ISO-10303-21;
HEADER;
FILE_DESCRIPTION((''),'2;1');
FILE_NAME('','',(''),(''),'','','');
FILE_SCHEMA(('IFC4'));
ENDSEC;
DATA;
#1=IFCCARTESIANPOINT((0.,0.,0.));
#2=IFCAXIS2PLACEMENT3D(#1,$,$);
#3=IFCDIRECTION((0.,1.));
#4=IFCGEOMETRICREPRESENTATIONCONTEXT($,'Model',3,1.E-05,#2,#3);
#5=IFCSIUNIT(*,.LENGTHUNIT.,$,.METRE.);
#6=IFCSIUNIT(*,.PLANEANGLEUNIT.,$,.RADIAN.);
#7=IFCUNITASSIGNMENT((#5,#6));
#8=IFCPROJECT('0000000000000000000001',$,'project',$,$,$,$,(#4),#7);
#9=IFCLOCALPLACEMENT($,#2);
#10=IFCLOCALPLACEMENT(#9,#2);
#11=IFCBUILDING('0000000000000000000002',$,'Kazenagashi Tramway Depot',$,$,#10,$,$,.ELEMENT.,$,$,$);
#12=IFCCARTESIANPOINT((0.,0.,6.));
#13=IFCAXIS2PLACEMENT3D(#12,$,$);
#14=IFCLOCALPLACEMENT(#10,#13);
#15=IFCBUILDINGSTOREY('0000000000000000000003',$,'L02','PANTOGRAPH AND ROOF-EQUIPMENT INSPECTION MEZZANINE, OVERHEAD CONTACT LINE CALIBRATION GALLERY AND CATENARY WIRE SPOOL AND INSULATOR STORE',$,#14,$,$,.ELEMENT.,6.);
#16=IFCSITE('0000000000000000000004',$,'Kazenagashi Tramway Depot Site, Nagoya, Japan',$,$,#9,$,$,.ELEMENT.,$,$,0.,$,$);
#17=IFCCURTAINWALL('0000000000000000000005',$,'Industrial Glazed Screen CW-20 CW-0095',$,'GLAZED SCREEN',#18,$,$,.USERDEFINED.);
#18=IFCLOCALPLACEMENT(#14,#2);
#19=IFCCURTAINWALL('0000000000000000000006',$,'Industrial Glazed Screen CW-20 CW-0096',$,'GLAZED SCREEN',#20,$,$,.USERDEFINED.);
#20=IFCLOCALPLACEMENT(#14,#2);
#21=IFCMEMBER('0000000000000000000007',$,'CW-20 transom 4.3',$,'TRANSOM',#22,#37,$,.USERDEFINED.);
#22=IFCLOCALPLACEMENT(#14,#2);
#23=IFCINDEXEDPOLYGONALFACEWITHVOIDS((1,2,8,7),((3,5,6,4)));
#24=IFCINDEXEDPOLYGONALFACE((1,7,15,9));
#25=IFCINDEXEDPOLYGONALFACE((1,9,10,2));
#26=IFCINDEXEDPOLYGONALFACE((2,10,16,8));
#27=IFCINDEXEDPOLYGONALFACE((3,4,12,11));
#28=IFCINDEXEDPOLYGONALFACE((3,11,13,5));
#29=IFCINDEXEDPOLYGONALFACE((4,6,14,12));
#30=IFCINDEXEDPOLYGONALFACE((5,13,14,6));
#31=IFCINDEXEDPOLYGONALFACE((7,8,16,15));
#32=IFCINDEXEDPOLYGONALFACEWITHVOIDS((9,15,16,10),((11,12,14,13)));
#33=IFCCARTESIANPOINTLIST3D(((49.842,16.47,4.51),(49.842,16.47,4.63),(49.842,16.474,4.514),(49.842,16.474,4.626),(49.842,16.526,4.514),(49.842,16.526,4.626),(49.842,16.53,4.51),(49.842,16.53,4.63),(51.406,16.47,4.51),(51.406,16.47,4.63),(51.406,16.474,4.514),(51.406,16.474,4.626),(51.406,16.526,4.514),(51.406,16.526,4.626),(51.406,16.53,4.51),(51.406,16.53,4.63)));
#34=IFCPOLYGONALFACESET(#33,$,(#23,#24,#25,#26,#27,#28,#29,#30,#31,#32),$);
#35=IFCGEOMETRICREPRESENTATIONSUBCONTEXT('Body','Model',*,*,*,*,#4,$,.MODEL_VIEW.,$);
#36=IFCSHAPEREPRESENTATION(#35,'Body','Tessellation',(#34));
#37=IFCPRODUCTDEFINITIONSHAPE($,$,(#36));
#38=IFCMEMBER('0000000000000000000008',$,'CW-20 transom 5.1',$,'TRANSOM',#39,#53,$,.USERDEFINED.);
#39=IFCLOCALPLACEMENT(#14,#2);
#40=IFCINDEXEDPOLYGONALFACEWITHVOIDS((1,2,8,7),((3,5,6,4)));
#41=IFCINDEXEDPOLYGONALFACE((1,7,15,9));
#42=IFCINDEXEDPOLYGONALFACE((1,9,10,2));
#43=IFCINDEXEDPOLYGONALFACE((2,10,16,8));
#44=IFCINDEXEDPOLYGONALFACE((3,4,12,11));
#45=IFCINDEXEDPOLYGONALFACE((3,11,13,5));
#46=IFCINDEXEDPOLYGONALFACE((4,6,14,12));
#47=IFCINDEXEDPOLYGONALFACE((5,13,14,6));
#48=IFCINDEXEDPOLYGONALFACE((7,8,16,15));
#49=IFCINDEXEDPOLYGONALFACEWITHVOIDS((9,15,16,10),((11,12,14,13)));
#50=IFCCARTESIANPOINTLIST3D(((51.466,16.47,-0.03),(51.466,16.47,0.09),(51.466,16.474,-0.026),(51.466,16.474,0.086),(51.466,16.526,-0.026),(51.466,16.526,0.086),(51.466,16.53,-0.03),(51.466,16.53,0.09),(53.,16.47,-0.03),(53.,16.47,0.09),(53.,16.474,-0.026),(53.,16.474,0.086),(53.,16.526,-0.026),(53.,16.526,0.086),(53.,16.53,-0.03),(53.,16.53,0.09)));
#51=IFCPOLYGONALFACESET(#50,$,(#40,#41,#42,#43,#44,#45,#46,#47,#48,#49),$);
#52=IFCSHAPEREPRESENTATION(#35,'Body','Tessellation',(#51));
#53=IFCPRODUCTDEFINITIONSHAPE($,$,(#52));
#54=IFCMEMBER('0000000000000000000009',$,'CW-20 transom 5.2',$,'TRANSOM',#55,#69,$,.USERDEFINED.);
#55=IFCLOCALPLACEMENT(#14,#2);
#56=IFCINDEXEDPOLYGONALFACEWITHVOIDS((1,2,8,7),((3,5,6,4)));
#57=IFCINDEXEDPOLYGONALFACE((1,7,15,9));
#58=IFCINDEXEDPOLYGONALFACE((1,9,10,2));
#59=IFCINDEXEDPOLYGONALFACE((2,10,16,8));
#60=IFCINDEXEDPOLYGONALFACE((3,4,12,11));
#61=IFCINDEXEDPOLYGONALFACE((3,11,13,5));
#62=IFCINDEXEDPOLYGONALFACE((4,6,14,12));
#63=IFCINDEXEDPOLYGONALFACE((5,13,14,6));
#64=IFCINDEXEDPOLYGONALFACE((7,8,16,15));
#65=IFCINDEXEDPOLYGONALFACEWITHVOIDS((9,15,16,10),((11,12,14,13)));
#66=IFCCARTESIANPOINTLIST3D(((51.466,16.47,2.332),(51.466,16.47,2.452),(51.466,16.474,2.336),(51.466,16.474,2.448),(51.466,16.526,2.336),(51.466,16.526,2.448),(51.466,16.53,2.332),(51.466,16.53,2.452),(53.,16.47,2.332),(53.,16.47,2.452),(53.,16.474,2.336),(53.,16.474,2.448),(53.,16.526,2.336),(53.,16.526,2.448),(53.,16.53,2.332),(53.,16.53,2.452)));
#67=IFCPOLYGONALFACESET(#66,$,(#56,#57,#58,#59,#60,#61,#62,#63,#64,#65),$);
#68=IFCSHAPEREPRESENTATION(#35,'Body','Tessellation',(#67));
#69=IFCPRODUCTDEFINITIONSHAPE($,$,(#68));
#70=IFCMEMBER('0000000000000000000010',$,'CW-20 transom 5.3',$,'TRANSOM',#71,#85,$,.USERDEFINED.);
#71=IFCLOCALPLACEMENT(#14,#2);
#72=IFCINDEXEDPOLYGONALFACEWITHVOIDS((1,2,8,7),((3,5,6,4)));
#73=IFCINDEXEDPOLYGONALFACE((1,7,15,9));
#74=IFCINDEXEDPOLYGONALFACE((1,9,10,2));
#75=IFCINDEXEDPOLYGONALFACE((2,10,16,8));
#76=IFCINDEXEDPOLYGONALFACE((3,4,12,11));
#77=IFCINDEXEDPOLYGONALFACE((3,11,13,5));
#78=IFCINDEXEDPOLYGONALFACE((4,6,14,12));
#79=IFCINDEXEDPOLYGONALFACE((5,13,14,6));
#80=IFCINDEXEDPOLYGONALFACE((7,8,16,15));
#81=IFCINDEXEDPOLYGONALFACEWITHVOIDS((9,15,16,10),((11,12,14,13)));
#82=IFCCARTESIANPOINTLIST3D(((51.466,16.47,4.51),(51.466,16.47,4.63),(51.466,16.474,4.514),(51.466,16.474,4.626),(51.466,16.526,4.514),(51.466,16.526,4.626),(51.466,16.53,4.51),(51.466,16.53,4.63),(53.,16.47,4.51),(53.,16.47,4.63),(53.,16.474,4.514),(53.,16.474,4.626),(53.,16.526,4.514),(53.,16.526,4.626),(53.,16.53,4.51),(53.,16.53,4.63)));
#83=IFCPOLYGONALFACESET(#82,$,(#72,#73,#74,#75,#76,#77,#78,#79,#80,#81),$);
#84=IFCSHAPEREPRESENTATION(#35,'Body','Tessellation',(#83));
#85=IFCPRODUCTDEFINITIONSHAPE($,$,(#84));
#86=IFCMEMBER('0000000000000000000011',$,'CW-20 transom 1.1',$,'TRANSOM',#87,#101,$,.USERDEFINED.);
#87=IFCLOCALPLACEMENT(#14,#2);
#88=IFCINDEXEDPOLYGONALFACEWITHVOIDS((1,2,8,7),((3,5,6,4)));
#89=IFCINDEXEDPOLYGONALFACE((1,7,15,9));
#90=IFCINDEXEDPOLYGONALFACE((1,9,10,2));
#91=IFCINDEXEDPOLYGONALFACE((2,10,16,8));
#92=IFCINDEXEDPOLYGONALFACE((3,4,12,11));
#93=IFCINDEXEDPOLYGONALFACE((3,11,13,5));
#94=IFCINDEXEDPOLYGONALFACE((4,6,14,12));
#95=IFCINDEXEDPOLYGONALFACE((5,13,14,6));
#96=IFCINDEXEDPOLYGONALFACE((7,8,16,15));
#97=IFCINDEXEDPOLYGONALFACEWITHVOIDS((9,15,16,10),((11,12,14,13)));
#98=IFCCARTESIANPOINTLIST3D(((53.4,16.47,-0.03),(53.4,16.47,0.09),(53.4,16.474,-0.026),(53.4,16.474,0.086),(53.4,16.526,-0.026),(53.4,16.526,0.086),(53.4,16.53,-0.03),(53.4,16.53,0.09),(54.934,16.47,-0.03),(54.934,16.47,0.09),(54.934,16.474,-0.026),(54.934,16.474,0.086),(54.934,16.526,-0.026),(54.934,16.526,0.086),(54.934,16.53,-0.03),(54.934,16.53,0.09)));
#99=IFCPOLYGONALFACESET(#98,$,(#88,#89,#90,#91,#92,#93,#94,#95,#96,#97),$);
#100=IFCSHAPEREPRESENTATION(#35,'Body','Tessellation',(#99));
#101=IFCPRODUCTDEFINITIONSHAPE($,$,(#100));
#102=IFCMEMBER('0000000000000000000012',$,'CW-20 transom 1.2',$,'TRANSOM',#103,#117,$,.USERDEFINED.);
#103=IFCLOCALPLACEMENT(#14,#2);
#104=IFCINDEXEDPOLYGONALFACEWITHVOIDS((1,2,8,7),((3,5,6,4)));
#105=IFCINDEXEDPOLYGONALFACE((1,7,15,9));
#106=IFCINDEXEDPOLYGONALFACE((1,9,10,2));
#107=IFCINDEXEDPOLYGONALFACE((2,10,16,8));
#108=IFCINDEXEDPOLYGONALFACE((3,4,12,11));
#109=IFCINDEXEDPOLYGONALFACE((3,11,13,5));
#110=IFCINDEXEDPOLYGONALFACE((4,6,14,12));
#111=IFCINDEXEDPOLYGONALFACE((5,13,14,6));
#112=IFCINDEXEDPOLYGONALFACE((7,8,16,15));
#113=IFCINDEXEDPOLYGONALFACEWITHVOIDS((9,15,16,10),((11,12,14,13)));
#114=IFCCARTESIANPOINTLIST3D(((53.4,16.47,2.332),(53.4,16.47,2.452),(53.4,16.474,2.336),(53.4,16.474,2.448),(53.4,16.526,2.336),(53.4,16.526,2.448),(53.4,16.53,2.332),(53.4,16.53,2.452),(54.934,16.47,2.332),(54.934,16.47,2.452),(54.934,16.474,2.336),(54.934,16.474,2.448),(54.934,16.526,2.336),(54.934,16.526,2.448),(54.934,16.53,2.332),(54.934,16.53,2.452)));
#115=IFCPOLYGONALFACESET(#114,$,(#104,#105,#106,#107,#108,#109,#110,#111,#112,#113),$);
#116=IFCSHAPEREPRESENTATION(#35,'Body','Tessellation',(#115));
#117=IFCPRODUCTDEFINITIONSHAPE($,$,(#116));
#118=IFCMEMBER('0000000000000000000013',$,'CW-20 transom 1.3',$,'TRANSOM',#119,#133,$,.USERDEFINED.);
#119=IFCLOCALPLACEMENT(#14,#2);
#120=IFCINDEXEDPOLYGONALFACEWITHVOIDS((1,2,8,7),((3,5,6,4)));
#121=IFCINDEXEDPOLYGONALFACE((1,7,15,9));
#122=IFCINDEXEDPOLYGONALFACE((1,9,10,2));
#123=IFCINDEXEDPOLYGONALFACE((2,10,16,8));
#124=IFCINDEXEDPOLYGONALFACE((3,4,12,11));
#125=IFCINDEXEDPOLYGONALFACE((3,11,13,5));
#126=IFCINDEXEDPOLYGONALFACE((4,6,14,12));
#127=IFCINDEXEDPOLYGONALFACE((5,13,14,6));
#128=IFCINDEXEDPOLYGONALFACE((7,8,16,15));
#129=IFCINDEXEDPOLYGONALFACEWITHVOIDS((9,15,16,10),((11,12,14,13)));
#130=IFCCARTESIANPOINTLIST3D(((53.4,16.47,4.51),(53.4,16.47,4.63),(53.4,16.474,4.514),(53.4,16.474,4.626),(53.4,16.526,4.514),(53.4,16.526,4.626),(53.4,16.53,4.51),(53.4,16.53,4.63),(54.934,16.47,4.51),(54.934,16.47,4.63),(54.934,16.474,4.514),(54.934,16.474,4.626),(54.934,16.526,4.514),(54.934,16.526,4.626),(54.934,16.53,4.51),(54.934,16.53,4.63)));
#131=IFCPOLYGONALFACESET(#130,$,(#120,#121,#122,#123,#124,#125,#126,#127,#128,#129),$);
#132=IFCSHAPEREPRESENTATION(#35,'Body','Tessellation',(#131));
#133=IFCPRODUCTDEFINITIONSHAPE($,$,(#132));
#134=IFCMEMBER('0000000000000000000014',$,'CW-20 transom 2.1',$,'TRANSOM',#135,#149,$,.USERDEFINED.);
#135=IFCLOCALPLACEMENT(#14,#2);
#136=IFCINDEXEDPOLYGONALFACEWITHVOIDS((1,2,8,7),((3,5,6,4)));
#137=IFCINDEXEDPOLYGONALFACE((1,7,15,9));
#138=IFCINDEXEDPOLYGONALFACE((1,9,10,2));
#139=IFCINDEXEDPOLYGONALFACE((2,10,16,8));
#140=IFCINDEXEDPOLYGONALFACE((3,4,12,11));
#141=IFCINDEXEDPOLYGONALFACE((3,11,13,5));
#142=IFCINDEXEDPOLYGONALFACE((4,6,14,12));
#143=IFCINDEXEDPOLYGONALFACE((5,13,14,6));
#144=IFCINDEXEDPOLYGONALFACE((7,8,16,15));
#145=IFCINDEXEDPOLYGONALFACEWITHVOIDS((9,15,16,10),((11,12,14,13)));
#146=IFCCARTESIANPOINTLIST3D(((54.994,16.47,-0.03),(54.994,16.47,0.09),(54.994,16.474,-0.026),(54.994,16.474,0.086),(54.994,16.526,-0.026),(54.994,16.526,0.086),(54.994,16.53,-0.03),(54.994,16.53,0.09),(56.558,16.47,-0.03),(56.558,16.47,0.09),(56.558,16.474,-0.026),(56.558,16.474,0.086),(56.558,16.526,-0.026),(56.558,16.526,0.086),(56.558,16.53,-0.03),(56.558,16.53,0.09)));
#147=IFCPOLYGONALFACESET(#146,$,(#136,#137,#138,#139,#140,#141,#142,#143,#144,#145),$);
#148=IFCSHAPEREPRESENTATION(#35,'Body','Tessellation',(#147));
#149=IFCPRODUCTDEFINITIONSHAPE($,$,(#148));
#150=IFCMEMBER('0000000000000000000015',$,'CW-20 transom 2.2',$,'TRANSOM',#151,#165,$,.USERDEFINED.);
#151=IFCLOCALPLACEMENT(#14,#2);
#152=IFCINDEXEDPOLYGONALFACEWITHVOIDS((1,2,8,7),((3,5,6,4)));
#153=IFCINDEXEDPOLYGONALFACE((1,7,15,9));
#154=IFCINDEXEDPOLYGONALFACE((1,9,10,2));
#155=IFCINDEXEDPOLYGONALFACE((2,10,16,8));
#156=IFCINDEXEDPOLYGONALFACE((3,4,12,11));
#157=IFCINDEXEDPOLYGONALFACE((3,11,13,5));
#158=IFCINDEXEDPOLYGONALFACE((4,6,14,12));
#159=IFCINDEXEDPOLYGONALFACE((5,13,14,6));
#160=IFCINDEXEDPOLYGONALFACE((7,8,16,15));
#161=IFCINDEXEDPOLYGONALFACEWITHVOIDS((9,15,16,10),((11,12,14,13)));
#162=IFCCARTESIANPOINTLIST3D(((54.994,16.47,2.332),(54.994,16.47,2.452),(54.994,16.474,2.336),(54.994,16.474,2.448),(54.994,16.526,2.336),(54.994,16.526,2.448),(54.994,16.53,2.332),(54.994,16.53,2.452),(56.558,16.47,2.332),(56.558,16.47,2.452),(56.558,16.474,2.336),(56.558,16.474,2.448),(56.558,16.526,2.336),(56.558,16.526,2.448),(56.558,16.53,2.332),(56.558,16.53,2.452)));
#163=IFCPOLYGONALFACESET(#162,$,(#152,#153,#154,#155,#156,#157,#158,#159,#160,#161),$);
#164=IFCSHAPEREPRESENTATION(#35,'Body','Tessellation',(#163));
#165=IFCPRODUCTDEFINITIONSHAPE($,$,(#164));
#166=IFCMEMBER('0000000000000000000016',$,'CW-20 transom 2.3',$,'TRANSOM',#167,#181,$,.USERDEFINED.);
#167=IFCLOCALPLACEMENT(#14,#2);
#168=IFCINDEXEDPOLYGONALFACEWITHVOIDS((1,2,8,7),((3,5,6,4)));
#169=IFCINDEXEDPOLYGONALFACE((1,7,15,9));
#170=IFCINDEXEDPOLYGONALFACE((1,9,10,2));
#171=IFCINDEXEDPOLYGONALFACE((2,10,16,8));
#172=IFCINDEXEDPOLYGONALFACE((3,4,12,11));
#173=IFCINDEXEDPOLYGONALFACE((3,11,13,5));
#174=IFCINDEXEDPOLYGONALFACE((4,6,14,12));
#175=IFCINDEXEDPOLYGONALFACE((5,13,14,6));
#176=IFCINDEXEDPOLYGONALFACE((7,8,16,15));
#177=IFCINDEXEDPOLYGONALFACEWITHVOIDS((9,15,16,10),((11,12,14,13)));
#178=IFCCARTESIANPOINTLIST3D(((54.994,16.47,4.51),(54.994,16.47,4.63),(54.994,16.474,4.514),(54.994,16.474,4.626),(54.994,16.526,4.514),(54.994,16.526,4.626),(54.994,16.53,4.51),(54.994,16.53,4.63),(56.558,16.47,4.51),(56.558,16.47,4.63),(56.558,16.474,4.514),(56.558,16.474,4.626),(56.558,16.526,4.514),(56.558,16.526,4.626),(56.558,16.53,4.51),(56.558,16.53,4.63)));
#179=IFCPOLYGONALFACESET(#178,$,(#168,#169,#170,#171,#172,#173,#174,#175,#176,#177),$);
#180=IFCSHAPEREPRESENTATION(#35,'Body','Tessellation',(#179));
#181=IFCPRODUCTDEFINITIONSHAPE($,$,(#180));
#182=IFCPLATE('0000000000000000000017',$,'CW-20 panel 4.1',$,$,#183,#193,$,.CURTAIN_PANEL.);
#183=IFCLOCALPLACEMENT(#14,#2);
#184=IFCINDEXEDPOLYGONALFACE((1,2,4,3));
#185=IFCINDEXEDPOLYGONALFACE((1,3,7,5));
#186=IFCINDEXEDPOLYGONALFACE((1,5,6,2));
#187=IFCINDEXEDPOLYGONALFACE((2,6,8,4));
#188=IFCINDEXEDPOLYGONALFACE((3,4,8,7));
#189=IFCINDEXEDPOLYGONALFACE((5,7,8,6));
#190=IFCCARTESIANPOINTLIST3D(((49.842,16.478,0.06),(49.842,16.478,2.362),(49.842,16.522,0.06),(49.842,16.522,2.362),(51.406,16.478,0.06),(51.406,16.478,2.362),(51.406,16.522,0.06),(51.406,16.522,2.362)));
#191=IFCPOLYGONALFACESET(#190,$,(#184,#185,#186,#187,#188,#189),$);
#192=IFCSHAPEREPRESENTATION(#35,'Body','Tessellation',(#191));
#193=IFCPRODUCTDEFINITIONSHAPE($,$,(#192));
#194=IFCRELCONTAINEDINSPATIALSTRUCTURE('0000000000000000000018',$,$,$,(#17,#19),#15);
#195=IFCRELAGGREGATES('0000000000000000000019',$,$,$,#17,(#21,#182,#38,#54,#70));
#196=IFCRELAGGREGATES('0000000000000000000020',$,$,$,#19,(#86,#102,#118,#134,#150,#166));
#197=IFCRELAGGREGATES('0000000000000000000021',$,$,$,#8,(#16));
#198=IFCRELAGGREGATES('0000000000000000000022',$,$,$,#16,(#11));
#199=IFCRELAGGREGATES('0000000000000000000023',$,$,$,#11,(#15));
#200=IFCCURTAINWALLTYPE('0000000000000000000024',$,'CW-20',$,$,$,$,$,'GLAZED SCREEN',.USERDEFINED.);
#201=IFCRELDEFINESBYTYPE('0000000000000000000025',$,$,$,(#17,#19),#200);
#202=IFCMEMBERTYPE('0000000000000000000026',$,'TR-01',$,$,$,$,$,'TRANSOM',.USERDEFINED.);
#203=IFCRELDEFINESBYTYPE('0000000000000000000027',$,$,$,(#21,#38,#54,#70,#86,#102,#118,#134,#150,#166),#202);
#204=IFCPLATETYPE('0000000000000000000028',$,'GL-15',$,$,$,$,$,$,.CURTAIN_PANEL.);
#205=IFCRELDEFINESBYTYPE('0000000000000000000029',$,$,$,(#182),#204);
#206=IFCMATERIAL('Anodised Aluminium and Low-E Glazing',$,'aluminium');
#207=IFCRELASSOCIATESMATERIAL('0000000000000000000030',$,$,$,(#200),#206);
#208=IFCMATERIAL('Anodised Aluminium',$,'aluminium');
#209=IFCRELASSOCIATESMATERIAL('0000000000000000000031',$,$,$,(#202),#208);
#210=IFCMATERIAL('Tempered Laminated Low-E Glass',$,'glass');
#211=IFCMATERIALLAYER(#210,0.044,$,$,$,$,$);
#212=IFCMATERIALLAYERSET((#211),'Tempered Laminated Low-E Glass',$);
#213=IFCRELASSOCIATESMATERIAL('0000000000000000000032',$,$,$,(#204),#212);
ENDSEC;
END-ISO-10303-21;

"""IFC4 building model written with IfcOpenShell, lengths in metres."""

from ifc_helpers import new_model, si_unit, direction, frame, origin, origin_2d, place, context, subcontext, project, spatial, rectangle, hollow_rectangle, extrude, material, layer, layer_set, material_profile, profile_set, type_object, element, aggregate, save


model = new_model("IFC4")

# Units and contexts
model_context = context("Model", 3, precision=1e-05, world=origin(), true_north=direction((0.0, 1.0)))
body_context = subcontext(model_context, "Body", "Model", "MODEL_VIEW")
ifc_project = project(units=[si_unit("LENGTHUNIT", "METRE"), si_unit("PLANEANGLEUNIT", "RADIAN")], contexts=[model_context])

# Site, building, storey
site_placement = place(None, origin())
site = spatial("IfcSite", under=ifc_project, at=site_placement, Name="Kazenagashi Tramway Depot Site, Nagoya, Japan", CompositionType="ELEMENT", RefElevation=0.0)
building_placement = place(site_placement, origin())
building = spatial("IfcBuilding", under=site, at=building_placement, Name="Kazenagashi Tramway Depot", CompositionType="ELEMENT")
storey_placement = place(building_placement, frame((0.0, 0.0, 6.0)))
storey = spatial("IfcBuildingStorey", under=building, at=storey_placement, Name="L02", Description="PANTOGRAPH AND ROOF-EQUIPMENT INSPECTION MEZZANINE, OVERHEAD CONTACT LINE CALIBRATION GALLERY AND CATENARY WIRE SPOOL AND INSULATOR STORE", CompositionType="ELEMENT", Elevation=6.0)

# Curtain walls
ifc_material_1 = material(Name="Anodised Aluminium and Low-E Glazing", Category="aluminium")
curtain_wall_type = type_object("IfcCurtainWallType", Name="CW-20", ElementType="GLAZED SCREEN", PredefinedType="USERDEFINED", material=ifc_material_1)
curtain_wall_1_placement = place(storey_placement, origin())
curtain_wall_1 = element("IfcCurtainWall", 1, at=curtain_wall_1_placement, inside=storey, type_object=curtain_wall_type, Name="Industrial Glazed Screen CW-20 CW-0095", ObjectType="GLAZED SCREEN", PredefinedType="USERDEFINED")
ifc_material_2 = material(Name="Anodised Aluminium", Category="aluminium")
curtain_wall_2_placement = place(storey_placement, origin())
curtain_wall_2 = element("IfcCurtainWall", 2, at=curtain_wall_2_placement, inside=storey, type_object=curtain_wall_type, Name="Industrial Glazed Screen CW-20 CW-0096", ObjectType="GLAZED SCREEN", PredefinedType="USERDEFINED")

# Members
ifc_material_profile_1 = material_profile(ifc_material_2, hollow_rectangle(XDim=0.06, YDim=0.12, WallThickness=0.004, at=origin_2d()), Name="RHS-120x60x4")
ifc_profile_set_1 = profile_set([ifc_material_profile_1], Name="Anodised Aluminium")
member_type_1 = type_object("IfcMemberType", Name="TR-01", ElementType="TRANSOM", PredefinedType="USERDEFINED", material=ifc_profile_set_1)
member_1_placement = place(storey_placement, frame((49.842, 16.5, 4.57), z_axis=(1.0, 0.0, 0.0), x_axis=(0.0, 1.0, 0.0)))
member_1 = element("IfcMember", 3, at=member_1_placement, type_object=member_type_1, Name="CW-20 transom 4.3", ObjectType="TRANSOM", PredefinedType="USERDEFINED", context=body_context, shape_type="SweptSolid", body=[
    extrude(hollow_rectangle(XDim=0.06, YDim=0.12, WallThickness=0.004, at=origin_2d()), origin(), (0.0, 0.0, 1.0), 1.564),
])
member_2_placement = place(storey_placement, frame((51.466, 16.5, 0.03), z_axis=(1.0, 0.0, 0.0), x_axis=(0.0, 1.0, 0.0)))
member_2 = element("IfcMember", 4, at=member_2_placement, type_object=member_type_1, Name="CW-20 transom 5.1", ObjectType="TRANSOM", PredefinedType="USERDEFINED", context=body_context, shape_type="SweptSolid", body=[
    extrude(hollow_rectangle(XDim=0.06, YDim=0.12, WallThickness=0.004, at=origin_2d()), origin(), (0.0, 0.0, 1.0), 1.534),
])
member_3_placement = place(storey_placement, frame((51.466, 16.5, 2.392), z_axis=(1.0, 0.0, 0.0), x_axis=(0.0, 1.0, 0.0)))
member_3 = element("IfcMember", 5, at=member_3_placement, type_object=member_type_1, Name="CW-20 transom 5.2", ObjectType="TRANSOM", PredefinedType="USERDEFINED", context=body_context, shape_type="SweptSolid", body=[
    extrude(hollow_rectangle(XDim=0.06, YDim=0.12, WallThickness=0.004, at=origin_2d()), origin(), (0.0, 0.0, 1.0), 1.534),
])
member_4_placement = place(storey_placement, frame((51.466, 16.5, 4.57), z_axis=(1.0, 0.0, 0.0), x_axis=(0.0, 1.0, 0.0)))
member_4 = element("IfcMember", 6, at=member_4_placement, type_object=member_type_1, Name="CW-20 transom 5.3", ObjectType="TRANSOM", PredefinedType="USERDEFINED", context=body_context, shape_type="SweptSolid", body=[
    extrude(hollow_rectangle(XDim=0.06, YDim=0.12, WallThickness=0.004, at=origin_2d()), origin(), (0.0, 0.0, 1.0), 1.534),
])
member_5_placement = place(storey_placement, frame((53.4, 16.5, 0.03), z_axis=(1.0, 0.0, 0.0), x_axis=(0.0, 1.0, 0.0)))
member_5 = element("IfcMember", 7, at=member_5_placement, type_object=member_type_1, Name="CW-20 transom 1.1", ObjectType="TRANSOM", PredefinedType="USERDEFINED", context=body_context, shape_type="SweptSolid", body=[
    extrude(hollow_rectangle(XDim=0.06, YDim=0.12, WallThickness=0.004, at=origin_2d()), origin(), (0.0, 0.0, 1.0), 1.534),
])
member_6_placement = place(storey_placement, frame((53.4, 16.5, 2.392), z_axis=(1.0, 0.0, 0.0), x_axis=(0.0, 1.0, 0.0)))
member_6 = element("IfcMember", 8, at=member_6_placement, type_object=member_type_1, Name="CW-20 transom 1.2", ObjectType="TRANSOM", PredefinedType="USERDEFINED", context=body_context, shape_type="SweptSolid", body=[
    extrude(hollow_rectangle(XDim=0.06, YDim=0.12, WallThickness=0.004, at=origin_2d()), origin(), (0.0, 0.0, 1.0), 1.534),
])
member_7_placement = place(storey_placement, frame((53.4, 16.5, 4.57), z_axis=(1.0, 0.0, 0.0), x_axis=(0.0, 1.0, 0.0)))
member_7 = element("IfcMember", 9, at=member_7_placement, type_object=member_type_1, Name="CW-20 transom 1.3", ObjectType="TRANSOM", PredefinedType="USERDEFINED", context=body_context, shape_type="SweptSolid", body=[
    extrude(hollow_rectangle(XDim=0.06, YDim=0.12, WallThickness=0.004, at=origin_2d()), origin(), (0.0, 0.0, 1.0), 1.534),
])
member_8_placement = place(storey_placement, frame((54.994, 16.5, 0.03), z_axis=(1.0, 0.0, 0.0), x_axis=(0.0, 1.0, 0.0)))
member_8 = element("IfcMember", 10, at=member_8_placement, type_object=member_type_1, Name="CW-20 transom 2.1", ObjectType="TRANSOM", PredefinedType="USERDEFINED", context=body_context, shape_type="SweptSolid", body=[
    extrude(hollow_rectangle(XDim=0.06, YDim=0.12, WallThickness=0.004, at=origin_2d()), origin(), (0.0, 0.0, 1.0), 1.564),
])
member_9_placement = place(storey_placement, frame((54.994, 16.5, 2.392), z_axis=(1.0, 0.0, 0.0), x_axis=(0.0, 1.0, 0.0)))
member_9 = element("IfcMember", 11, at=member_9_placement, type_object=member_type_1, Name="CW-20 transom 2.2", ObjectType="TRANSOM", PredefinedType="USERDEFINED", context=body_context, shape_type="SweptSolid", body=[
    extrude(hollow_rectangle(XDim=0.06, YDim=0.12, WallThickness=0.004, at=origin_2d()), origin(), (0.0, 0.0, 1.0), 1.564),
])
member_10_placement = place(storey_placement, frame((54.994, 16.5, 4.57), z_axis=(1.0, 0.0, 0.0), x_axis=(0.0, 1.0, 0.0)))
member_10 = element("IfcMember", 12, at=member_10_placement, type_object=member_type_1, Name="CW-20 transom 2.3", ObjectType="TRANSOM", PredefinedType="USERDEFINED", context=body_context, shape_type="SweptSolid", body=[
    extrude(hollow_rectangle(XDim=0.06, YDim=0.12, WallThickness=0.004, at=origin_2d()), origin(), (0.0, 0.0, 1.0), 1.564),
])

# Plate
ifc_material_3 = material(Name="Tempered Laminated Low-E Glass", Category="glass")
ifc_layer_1 = layer(ifc_material_3, 0.044)
ifc_layer_set_1 = layer_set([ifc_layer_1], Name="Tempered Laminated Low-E Glass")
plate_type_1 = type_object("IfcPlateType", Name="GL-15", PredefinedType="CURTAIN_PANEL", material=ifc_layer_set_1)
plate_1_placement = place(storey_placement, frame((50.624, 16.5, 0.06), z_axis=(0.0, 0.0, 1.0), x_axis=(1.0, 0.0, 0.0)))
plate_1 = element("IfcPlate", 13, at=plate_1_placement, type_object=plate_type_1, Name="CW-20 panel 4.1", PredefinedType="CURTAIN_PANEL", context=body_context, shape_type="SweptSolid", body=[
    extrude(rectangle(XDim=1.564, YDim=0.044, at=origin_2d()), origin(), (0.0, 0.0, 1.0), 2.302),
])
aggregate(curtain_wall_1, [member_1, plate_1, member_2, member_3, member_4])
aggregate(curtain_wall_2, [member_5, member_6, member_7, member_8, member_9, member_10])

save(model, "model.ifc")
